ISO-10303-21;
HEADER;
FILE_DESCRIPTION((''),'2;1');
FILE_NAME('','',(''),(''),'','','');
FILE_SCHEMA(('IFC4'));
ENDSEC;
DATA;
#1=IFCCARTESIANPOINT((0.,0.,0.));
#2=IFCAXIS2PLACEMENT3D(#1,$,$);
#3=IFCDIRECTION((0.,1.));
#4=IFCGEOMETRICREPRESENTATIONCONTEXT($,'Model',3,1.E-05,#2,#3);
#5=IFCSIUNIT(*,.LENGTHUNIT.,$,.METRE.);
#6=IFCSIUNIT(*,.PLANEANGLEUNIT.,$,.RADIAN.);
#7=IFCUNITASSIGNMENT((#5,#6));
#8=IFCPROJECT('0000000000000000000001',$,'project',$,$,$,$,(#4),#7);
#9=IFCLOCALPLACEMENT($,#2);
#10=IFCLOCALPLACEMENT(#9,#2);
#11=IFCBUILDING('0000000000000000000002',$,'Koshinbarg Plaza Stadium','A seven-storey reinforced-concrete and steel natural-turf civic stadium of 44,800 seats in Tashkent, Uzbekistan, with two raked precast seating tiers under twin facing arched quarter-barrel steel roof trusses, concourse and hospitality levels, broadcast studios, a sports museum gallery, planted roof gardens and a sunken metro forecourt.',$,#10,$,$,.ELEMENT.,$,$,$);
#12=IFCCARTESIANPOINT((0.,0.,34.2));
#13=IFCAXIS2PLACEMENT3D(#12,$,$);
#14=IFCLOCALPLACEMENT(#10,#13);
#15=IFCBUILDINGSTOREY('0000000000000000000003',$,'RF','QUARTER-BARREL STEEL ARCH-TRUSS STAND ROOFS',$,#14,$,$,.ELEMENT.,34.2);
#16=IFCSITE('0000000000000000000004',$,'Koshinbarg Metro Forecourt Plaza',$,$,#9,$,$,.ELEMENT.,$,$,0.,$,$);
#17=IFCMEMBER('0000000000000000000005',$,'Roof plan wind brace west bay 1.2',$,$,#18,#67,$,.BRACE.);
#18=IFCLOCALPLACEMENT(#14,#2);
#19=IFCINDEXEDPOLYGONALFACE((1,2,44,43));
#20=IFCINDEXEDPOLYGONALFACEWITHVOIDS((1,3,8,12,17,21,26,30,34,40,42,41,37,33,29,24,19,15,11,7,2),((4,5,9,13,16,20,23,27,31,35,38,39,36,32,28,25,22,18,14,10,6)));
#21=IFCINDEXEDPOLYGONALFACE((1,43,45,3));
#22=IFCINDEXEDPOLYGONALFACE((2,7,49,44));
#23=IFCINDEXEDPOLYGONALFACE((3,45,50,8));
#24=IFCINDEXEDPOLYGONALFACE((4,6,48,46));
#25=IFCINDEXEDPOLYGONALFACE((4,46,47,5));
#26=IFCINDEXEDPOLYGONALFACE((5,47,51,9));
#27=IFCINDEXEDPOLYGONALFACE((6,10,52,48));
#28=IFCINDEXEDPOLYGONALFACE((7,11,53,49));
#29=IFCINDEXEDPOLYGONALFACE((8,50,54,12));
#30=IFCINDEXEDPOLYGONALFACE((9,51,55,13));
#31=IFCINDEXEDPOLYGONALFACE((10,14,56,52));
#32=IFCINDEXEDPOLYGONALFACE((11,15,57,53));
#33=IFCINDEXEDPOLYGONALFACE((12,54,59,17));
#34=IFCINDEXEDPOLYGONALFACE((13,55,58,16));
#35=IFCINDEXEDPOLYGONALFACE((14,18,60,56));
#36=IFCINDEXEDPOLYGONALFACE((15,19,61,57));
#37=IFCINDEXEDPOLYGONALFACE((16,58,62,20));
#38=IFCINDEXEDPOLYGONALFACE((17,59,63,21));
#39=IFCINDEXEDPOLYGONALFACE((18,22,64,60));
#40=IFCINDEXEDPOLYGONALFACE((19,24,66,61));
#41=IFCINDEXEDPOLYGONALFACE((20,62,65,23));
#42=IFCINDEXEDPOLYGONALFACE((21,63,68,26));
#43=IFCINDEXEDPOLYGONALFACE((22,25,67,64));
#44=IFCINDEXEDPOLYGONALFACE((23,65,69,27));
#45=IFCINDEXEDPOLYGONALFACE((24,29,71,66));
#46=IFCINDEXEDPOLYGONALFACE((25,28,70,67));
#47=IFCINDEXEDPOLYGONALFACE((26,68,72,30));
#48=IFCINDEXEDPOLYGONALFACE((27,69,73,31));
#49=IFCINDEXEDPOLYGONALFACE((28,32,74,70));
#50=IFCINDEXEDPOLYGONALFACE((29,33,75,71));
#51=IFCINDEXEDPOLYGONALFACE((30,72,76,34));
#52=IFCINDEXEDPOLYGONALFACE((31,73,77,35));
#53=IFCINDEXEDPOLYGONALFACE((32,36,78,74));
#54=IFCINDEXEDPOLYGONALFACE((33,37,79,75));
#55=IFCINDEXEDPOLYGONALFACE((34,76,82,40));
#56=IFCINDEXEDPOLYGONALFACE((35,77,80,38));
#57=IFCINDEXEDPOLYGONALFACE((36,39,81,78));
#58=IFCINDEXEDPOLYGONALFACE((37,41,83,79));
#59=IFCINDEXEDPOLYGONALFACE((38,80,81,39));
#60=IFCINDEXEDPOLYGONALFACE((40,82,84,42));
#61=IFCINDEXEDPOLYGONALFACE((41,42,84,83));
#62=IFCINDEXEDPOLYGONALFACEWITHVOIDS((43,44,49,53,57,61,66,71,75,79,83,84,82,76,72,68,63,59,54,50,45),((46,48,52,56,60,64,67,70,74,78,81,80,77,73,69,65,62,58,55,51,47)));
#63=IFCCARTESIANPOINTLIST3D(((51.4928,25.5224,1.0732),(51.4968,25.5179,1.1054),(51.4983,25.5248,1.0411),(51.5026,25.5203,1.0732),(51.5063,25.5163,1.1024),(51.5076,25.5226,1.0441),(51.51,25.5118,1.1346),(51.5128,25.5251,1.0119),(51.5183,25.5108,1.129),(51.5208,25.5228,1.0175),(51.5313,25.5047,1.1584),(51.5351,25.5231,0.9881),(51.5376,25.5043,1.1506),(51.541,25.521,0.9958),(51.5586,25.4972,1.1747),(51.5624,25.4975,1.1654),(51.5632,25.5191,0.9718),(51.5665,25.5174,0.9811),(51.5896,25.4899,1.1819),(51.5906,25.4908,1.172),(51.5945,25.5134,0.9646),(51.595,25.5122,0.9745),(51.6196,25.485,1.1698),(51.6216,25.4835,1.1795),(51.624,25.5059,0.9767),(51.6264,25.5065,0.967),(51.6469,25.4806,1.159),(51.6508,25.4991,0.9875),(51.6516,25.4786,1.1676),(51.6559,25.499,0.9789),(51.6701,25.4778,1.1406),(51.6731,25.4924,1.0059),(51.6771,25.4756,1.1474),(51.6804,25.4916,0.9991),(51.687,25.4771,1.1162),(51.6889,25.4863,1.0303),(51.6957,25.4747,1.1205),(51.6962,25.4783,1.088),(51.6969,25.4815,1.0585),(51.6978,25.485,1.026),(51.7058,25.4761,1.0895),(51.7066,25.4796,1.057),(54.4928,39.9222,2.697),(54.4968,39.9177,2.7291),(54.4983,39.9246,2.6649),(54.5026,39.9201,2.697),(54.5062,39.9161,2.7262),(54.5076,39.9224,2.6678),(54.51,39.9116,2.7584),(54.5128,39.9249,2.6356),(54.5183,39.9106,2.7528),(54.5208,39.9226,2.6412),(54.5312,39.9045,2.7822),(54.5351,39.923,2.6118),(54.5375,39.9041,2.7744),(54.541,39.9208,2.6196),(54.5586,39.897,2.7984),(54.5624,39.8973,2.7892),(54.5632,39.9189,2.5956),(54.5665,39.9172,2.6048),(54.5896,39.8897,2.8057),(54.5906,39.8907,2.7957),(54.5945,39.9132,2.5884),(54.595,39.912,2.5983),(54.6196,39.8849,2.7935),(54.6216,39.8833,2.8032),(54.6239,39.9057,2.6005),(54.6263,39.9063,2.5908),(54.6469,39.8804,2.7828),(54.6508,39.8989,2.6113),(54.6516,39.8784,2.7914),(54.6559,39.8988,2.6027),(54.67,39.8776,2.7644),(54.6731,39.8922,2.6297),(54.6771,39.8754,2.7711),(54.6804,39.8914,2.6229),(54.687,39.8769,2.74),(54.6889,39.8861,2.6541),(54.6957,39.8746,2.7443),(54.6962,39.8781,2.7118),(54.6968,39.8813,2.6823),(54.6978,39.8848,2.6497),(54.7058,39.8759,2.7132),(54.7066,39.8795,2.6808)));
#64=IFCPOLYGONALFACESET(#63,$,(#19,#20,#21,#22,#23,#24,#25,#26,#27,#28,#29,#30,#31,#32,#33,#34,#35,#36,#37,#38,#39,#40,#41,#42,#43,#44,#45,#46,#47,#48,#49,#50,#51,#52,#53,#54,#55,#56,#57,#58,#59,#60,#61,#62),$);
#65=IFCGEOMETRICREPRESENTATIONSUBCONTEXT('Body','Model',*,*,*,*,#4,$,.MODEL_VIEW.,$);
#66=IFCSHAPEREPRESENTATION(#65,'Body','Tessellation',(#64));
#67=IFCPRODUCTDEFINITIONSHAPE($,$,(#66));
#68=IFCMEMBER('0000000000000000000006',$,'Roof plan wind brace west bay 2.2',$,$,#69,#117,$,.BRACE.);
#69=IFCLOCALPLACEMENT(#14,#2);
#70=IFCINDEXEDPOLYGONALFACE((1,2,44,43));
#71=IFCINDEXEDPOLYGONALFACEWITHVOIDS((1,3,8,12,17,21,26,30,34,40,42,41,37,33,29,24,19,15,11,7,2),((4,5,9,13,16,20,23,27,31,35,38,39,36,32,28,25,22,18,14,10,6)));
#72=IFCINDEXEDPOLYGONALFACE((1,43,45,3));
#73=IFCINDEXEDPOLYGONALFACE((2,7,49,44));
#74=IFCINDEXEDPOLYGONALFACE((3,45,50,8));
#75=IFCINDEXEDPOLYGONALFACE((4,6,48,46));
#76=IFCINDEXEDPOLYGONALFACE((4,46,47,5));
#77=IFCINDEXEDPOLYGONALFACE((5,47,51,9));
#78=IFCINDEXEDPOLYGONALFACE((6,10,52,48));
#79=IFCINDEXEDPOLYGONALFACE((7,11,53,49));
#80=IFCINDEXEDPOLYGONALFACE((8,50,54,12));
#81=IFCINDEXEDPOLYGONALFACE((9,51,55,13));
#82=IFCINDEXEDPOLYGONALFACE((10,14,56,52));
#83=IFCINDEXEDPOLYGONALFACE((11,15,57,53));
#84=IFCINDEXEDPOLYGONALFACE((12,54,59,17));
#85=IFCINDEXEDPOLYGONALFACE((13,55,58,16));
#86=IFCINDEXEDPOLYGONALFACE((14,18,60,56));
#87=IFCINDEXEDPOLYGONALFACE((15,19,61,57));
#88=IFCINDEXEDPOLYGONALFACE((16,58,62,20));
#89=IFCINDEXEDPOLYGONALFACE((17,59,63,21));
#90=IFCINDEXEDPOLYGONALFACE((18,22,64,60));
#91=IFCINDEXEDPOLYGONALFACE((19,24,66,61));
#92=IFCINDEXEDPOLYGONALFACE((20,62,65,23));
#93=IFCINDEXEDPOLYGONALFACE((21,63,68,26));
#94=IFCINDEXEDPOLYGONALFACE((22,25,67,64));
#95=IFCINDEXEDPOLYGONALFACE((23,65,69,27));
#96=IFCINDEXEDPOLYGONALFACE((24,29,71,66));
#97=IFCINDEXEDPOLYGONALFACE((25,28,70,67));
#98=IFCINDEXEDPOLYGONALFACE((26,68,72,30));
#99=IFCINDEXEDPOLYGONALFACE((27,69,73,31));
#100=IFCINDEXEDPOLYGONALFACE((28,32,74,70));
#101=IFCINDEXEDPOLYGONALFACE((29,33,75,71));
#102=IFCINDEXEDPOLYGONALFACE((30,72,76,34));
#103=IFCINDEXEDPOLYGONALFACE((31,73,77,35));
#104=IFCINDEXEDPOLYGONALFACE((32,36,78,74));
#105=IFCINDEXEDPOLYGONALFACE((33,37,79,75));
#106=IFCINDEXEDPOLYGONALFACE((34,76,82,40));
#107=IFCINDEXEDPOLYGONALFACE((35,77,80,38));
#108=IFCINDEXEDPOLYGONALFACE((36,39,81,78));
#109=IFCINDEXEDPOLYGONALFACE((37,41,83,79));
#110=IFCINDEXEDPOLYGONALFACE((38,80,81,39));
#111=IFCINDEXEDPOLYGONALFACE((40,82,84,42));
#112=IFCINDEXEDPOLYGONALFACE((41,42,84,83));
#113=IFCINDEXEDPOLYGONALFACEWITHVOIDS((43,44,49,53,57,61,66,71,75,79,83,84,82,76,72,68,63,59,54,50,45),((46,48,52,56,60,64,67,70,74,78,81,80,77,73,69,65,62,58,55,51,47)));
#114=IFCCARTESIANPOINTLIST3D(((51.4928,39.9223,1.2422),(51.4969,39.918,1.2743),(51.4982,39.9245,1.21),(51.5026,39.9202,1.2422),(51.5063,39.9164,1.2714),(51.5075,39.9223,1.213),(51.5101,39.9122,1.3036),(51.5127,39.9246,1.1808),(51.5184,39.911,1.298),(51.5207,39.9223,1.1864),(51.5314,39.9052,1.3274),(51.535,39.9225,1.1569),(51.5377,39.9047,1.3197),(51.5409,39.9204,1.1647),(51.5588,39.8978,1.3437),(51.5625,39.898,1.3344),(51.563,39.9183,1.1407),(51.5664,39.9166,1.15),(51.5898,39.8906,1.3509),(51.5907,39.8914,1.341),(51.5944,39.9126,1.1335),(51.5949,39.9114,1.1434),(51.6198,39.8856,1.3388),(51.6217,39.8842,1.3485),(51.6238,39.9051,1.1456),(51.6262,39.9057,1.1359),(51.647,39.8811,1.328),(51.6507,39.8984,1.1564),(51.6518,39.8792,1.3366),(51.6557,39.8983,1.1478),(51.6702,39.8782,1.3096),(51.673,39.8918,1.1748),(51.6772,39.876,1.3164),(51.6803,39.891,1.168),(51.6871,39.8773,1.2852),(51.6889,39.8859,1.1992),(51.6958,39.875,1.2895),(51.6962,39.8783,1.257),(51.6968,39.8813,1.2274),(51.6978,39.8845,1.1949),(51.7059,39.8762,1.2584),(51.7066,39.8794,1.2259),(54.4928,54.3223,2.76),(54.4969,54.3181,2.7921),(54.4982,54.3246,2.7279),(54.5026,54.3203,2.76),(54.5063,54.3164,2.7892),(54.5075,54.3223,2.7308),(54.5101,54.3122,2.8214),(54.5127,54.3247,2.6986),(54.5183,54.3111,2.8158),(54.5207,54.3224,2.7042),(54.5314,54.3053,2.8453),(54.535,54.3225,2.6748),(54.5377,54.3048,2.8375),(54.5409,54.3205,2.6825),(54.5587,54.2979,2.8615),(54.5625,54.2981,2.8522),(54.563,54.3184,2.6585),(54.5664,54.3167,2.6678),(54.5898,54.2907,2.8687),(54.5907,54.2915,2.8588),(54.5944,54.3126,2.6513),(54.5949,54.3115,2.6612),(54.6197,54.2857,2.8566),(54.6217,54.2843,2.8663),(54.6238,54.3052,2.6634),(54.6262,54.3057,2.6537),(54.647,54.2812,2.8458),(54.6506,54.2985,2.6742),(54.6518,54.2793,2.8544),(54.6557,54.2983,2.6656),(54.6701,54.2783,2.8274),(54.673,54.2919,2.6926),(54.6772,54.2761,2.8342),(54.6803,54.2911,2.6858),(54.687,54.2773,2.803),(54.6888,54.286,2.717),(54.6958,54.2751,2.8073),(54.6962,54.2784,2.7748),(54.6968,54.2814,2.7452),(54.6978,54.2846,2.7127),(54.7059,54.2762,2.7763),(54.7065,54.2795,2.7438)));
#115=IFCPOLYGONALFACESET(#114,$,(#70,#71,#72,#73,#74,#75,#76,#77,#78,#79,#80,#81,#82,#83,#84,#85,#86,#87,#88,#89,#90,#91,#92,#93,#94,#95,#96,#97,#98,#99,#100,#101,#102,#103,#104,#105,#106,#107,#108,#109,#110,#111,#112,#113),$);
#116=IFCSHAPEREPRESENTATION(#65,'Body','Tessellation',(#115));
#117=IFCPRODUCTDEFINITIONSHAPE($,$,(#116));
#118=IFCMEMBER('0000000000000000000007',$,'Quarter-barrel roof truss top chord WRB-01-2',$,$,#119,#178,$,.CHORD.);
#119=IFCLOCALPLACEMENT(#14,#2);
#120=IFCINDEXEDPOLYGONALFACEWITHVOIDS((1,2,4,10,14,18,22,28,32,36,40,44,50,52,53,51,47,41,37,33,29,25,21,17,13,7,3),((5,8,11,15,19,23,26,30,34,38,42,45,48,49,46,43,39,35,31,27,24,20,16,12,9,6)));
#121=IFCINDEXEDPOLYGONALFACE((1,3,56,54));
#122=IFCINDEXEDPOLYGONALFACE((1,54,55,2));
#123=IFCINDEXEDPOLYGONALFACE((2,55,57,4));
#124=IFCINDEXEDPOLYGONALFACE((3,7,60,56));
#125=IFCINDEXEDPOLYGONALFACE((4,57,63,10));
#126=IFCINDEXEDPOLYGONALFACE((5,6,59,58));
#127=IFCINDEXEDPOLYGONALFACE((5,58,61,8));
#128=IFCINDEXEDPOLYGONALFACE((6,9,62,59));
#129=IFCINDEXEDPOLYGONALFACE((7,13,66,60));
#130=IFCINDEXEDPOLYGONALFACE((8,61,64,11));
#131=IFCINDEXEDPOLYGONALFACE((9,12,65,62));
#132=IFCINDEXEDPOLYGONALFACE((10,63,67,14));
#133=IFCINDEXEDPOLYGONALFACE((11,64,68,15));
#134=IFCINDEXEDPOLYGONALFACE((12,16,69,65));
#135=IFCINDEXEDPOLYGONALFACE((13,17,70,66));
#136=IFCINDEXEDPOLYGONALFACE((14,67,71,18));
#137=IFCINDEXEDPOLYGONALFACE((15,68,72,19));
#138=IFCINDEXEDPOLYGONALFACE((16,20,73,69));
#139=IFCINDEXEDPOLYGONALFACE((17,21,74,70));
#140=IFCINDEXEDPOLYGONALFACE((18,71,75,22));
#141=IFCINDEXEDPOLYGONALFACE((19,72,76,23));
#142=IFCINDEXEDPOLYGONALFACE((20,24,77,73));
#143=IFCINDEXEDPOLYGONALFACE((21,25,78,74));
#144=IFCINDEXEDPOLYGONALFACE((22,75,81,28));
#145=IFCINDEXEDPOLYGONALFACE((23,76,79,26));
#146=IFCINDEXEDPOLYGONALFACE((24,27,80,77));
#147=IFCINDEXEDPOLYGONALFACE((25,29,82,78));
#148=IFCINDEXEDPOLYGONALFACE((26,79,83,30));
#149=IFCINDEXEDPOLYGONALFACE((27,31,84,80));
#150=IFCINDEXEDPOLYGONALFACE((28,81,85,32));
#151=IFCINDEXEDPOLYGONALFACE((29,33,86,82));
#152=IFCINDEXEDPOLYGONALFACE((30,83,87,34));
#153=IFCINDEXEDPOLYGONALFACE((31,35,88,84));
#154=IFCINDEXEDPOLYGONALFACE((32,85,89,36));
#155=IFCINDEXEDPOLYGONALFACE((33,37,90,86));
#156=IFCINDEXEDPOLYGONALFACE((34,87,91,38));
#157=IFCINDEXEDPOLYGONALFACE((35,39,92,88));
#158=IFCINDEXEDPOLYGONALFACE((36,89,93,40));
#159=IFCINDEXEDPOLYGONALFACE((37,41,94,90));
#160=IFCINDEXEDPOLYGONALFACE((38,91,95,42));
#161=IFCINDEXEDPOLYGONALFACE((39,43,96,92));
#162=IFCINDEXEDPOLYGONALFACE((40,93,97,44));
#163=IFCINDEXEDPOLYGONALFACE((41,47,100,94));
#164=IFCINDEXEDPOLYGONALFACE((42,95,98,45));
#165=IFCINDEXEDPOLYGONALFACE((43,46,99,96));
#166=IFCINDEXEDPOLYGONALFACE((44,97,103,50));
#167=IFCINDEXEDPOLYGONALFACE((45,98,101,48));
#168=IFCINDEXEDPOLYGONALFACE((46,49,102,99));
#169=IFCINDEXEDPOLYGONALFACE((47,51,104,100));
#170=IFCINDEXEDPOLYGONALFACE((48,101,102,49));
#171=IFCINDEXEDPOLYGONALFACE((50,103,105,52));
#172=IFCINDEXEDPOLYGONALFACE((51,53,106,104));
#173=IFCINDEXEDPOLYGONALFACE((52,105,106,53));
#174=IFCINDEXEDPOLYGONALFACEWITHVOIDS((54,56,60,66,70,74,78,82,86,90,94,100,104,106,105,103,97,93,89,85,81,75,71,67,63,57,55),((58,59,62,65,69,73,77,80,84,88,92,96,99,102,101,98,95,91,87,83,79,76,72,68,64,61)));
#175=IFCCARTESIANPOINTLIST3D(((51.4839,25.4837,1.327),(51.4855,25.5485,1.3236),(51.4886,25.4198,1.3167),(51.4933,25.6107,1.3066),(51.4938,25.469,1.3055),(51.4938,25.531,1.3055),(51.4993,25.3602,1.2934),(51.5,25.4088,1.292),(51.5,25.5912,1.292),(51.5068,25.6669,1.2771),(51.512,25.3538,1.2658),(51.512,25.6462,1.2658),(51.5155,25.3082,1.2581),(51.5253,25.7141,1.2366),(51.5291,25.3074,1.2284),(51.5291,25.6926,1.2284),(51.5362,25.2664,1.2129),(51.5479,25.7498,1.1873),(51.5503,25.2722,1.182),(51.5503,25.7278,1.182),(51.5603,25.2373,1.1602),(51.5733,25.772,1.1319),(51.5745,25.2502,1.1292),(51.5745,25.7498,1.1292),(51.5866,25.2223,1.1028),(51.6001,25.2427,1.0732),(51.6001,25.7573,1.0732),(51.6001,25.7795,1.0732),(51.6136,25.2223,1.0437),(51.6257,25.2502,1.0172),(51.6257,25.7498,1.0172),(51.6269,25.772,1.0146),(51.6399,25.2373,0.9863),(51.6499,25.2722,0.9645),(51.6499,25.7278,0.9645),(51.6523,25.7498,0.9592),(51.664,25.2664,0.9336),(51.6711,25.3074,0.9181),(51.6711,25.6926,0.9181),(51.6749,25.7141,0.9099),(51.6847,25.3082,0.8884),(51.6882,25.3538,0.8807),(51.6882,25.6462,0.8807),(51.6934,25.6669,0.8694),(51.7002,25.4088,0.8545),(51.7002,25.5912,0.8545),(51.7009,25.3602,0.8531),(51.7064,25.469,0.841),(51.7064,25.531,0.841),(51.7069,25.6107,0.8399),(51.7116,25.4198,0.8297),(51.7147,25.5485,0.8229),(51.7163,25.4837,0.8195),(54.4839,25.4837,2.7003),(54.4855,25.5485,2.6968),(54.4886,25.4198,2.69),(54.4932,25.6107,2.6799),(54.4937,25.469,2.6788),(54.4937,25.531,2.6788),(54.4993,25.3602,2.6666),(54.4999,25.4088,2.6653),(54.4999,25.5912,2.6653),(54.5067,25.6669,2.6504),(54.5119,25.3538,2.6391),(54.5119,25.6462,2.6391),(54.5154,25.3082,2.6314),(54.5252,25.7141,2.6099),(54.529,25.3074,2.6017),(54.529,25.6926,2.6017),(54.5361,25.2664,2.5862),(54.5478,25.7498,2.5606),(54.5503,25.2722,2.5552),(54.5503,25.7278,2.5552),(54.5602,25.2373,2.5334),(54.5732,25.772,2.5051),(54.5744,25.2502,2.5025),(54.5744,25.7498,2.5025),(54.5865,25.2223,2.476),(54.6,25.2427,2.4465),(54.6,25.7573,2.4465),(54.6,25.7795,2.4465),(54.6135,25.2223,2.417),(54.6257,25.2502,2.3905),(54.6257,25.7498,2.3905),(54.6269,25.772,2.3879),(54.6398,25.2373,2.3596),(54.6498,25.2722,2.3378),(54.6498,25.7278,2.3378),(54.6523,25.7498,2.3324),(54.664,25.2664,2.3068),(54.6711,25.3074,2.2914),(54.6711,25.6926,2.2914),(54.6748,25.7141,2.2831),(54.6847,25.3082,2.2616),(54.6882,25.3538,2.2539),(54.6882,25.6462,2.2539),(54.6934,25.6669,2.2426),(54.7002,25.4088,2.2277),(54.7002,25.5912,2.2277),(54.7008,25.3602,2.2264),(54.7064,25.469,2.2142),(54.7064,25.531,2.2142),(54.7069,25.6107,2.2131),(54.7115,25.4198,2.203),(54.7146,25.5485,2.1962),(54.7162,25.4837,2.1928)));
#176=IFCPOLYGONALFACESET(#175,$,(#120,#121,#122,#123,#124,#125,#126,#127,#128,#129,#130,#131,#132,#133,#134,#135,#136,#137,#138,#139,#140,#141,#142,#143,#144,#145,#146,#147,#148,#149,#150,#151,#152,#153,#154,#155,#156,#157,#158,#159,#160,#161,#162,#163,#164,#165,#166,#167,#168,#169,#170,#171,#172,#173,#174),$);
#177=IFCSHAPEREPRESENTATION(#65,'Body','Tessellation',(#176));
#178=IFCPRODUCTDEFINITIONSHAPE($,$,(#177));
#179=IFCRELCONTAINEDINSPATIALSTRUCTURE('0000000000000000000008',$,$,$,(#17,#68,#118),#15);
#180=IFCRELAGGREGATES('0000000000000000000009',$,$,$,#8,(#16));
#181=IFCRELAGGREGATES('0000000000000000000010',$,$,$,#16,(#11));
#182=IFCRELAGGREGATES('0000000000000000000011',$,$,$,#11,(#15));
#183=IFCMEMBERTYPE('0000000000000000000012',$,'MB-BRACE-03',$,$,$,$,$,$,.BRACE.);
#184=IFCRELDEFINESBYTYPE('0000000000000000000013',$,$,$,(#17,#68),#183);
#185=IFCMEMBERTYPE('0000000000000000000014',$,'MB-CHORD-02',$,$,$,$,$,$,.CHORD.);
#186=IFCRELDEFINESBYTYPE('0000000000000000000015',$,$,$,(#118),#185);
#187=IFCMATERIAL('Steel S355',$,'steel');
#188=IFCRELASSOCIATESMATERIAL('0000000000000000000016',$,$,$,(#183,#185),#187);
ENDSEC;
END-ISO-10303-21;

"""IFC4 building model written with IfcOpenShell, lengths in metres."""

from ifc_helpers import new_model, si_unit, direction, frame, origin, origin_2d, place, context, subcontext, project, spatial, hollow_circle, extrude, material, material_profile, profile_set, type_object, element, save


model = new_model("IFC4")

# Units and contexts
model_context = context("Model", 3, precision=1e-05, world=origin(), true_north=direction((0.0, 1.0)))
body_context = subcontext(model_context, "Body", "Model", "MODEL_VIEW")
ifc_project = project(units=[si_unit("LENGTHUNIT", "METRE"), si_unit("PLANEANGLEUNIT", "RADIAN")], contexts=[model_context])

# Site, building, storey
site_placement = place(None, origin())
site = spatial("IfcSite", under=ifc_project, at=site_placement, Name="Koshinbarg Metro Forecourt Plaza", CompositionType="ELEMENT", RefElevation=0.0)
building_placement = place(site_placement, origin())
building = spatial("IfcBuilding", under=site, at=building_placement, Name="Koshinbarg Plaza Stadium", Description="A seven-storey reinforced-concrete and steel natural-turf civic stadium of 44,800 seats in Tashkent, Uzbekistan, with two raked precast seating tiers under twin facing arched quarter-barrel steel roof trusses, concourse and hospitality levels, broadcast studios, a sports museum gallery, planted roof gardens and a sunken metro forecourt.", CompositionType="ELEMENT")
storey_placement = place(building_placement, frame((0.0, 0.0, 34.2)))
storey = spatial("IfcBuildingStorey", under=building, at=storey_placement, Name="RF", Description="QUARTER-BARREL STEEL ARCH-TRUSS STAND ROOFS", CompositionType="ELEMENT", Elevation=34.2)

# Members
ifc_material_1 = material(Name="Steel S355", Category="steel")
ifc_material_profile_1 = material_profile(ifc_material_1, hollow_circle(Radius=0.1096, WallThickness=0.01, at=origin_2d()), Name="CHS 219.1x10")
ifc_profile_set_1 = profile_set([ifc_material_profile_1], Name="Steel S355")
member_type_1 = type_object("IfcMemberType", Name="MB-BRACE-03", PredefinedType="BRACE", material=ifc_profile_set_1)
member_1_placement = place(storey_placement, frame((51.6001, 25.5, 1.0732), z_axis=(0.202724, 0.973069, 0.109726), x_axis=(-0.97898, 0.203956, 0.0)))
element("IfcMember", 1, at=member_1_placement, inside=storey, type_object=member_type_1, Name="Roof plan wind brace west bay 1.2", PredefinedType="BRACE", context=body_context, shape_type="SweptSolid", body=[
    extrude(hollow_circle(Radius=0.1096, WallThickness=0.01, at=origin_2d()), origin(), (0.0, 0.0, 1.0), 14.7983),
])
member_2_placement = place(storey_placement, frame((51.6001, 39.8999, 1.2422), z_axis=(0.202875, 0.97381, 0.102643), x_axis=(-0.978981, 0.203952, 0.0)))
element("IfcMember", 2, at=member_2_placement, inside=storey, type_object=member_type_1, Name="Roof plan wind brace west bay 2.2", PredefinedType="BRACE", context=body_context, shape_type="SweptSolid", body=[
    extrude(hollow_circle(Radius=0.1096, WallThickness=0.01, at=origin_2d()), origin(), (0.0, 0.0, 1.0), 14.7874),
])
ifc_material_profile_2 = material_profile(ifc_material_1, hollow_circle(Radius=0.2795, WallThickness=0.0222, at=origin_2d()), Name="CHS 559x22.2")
ifc_profile_set_2 = profile_set([ifc_material_profile_2], Name="Steel S355")
member_type_2 = type_object("IfcMemberType", Name="MB-CHORD-02", PredefinedType="CHORD", material=ifc_profile_set_2)
member_3_placement = place(storey_placement, frame((51.6001, 25.5, 1.0732), z_axis=(0.909261, 0.0, 0.416227), x_axis=(0.0, 1.0, 0.0)))
element("IfcMember", 3, at=member_3_placement, inside=storey, type_object=member_type_2, Name="Quarter-barrel roof truss top chord WRB-01-2", PredefinedType="CHORD", context=body_context, shape_type="SweptSolid", body=[
    extrude(hollow_circle(Radius=0.2795, WallThickness=0.0222, at=origin_2d()), origin(), (0.0, 0.0, 1.0), 3.2993),
])

save(model, "model.ifc")
